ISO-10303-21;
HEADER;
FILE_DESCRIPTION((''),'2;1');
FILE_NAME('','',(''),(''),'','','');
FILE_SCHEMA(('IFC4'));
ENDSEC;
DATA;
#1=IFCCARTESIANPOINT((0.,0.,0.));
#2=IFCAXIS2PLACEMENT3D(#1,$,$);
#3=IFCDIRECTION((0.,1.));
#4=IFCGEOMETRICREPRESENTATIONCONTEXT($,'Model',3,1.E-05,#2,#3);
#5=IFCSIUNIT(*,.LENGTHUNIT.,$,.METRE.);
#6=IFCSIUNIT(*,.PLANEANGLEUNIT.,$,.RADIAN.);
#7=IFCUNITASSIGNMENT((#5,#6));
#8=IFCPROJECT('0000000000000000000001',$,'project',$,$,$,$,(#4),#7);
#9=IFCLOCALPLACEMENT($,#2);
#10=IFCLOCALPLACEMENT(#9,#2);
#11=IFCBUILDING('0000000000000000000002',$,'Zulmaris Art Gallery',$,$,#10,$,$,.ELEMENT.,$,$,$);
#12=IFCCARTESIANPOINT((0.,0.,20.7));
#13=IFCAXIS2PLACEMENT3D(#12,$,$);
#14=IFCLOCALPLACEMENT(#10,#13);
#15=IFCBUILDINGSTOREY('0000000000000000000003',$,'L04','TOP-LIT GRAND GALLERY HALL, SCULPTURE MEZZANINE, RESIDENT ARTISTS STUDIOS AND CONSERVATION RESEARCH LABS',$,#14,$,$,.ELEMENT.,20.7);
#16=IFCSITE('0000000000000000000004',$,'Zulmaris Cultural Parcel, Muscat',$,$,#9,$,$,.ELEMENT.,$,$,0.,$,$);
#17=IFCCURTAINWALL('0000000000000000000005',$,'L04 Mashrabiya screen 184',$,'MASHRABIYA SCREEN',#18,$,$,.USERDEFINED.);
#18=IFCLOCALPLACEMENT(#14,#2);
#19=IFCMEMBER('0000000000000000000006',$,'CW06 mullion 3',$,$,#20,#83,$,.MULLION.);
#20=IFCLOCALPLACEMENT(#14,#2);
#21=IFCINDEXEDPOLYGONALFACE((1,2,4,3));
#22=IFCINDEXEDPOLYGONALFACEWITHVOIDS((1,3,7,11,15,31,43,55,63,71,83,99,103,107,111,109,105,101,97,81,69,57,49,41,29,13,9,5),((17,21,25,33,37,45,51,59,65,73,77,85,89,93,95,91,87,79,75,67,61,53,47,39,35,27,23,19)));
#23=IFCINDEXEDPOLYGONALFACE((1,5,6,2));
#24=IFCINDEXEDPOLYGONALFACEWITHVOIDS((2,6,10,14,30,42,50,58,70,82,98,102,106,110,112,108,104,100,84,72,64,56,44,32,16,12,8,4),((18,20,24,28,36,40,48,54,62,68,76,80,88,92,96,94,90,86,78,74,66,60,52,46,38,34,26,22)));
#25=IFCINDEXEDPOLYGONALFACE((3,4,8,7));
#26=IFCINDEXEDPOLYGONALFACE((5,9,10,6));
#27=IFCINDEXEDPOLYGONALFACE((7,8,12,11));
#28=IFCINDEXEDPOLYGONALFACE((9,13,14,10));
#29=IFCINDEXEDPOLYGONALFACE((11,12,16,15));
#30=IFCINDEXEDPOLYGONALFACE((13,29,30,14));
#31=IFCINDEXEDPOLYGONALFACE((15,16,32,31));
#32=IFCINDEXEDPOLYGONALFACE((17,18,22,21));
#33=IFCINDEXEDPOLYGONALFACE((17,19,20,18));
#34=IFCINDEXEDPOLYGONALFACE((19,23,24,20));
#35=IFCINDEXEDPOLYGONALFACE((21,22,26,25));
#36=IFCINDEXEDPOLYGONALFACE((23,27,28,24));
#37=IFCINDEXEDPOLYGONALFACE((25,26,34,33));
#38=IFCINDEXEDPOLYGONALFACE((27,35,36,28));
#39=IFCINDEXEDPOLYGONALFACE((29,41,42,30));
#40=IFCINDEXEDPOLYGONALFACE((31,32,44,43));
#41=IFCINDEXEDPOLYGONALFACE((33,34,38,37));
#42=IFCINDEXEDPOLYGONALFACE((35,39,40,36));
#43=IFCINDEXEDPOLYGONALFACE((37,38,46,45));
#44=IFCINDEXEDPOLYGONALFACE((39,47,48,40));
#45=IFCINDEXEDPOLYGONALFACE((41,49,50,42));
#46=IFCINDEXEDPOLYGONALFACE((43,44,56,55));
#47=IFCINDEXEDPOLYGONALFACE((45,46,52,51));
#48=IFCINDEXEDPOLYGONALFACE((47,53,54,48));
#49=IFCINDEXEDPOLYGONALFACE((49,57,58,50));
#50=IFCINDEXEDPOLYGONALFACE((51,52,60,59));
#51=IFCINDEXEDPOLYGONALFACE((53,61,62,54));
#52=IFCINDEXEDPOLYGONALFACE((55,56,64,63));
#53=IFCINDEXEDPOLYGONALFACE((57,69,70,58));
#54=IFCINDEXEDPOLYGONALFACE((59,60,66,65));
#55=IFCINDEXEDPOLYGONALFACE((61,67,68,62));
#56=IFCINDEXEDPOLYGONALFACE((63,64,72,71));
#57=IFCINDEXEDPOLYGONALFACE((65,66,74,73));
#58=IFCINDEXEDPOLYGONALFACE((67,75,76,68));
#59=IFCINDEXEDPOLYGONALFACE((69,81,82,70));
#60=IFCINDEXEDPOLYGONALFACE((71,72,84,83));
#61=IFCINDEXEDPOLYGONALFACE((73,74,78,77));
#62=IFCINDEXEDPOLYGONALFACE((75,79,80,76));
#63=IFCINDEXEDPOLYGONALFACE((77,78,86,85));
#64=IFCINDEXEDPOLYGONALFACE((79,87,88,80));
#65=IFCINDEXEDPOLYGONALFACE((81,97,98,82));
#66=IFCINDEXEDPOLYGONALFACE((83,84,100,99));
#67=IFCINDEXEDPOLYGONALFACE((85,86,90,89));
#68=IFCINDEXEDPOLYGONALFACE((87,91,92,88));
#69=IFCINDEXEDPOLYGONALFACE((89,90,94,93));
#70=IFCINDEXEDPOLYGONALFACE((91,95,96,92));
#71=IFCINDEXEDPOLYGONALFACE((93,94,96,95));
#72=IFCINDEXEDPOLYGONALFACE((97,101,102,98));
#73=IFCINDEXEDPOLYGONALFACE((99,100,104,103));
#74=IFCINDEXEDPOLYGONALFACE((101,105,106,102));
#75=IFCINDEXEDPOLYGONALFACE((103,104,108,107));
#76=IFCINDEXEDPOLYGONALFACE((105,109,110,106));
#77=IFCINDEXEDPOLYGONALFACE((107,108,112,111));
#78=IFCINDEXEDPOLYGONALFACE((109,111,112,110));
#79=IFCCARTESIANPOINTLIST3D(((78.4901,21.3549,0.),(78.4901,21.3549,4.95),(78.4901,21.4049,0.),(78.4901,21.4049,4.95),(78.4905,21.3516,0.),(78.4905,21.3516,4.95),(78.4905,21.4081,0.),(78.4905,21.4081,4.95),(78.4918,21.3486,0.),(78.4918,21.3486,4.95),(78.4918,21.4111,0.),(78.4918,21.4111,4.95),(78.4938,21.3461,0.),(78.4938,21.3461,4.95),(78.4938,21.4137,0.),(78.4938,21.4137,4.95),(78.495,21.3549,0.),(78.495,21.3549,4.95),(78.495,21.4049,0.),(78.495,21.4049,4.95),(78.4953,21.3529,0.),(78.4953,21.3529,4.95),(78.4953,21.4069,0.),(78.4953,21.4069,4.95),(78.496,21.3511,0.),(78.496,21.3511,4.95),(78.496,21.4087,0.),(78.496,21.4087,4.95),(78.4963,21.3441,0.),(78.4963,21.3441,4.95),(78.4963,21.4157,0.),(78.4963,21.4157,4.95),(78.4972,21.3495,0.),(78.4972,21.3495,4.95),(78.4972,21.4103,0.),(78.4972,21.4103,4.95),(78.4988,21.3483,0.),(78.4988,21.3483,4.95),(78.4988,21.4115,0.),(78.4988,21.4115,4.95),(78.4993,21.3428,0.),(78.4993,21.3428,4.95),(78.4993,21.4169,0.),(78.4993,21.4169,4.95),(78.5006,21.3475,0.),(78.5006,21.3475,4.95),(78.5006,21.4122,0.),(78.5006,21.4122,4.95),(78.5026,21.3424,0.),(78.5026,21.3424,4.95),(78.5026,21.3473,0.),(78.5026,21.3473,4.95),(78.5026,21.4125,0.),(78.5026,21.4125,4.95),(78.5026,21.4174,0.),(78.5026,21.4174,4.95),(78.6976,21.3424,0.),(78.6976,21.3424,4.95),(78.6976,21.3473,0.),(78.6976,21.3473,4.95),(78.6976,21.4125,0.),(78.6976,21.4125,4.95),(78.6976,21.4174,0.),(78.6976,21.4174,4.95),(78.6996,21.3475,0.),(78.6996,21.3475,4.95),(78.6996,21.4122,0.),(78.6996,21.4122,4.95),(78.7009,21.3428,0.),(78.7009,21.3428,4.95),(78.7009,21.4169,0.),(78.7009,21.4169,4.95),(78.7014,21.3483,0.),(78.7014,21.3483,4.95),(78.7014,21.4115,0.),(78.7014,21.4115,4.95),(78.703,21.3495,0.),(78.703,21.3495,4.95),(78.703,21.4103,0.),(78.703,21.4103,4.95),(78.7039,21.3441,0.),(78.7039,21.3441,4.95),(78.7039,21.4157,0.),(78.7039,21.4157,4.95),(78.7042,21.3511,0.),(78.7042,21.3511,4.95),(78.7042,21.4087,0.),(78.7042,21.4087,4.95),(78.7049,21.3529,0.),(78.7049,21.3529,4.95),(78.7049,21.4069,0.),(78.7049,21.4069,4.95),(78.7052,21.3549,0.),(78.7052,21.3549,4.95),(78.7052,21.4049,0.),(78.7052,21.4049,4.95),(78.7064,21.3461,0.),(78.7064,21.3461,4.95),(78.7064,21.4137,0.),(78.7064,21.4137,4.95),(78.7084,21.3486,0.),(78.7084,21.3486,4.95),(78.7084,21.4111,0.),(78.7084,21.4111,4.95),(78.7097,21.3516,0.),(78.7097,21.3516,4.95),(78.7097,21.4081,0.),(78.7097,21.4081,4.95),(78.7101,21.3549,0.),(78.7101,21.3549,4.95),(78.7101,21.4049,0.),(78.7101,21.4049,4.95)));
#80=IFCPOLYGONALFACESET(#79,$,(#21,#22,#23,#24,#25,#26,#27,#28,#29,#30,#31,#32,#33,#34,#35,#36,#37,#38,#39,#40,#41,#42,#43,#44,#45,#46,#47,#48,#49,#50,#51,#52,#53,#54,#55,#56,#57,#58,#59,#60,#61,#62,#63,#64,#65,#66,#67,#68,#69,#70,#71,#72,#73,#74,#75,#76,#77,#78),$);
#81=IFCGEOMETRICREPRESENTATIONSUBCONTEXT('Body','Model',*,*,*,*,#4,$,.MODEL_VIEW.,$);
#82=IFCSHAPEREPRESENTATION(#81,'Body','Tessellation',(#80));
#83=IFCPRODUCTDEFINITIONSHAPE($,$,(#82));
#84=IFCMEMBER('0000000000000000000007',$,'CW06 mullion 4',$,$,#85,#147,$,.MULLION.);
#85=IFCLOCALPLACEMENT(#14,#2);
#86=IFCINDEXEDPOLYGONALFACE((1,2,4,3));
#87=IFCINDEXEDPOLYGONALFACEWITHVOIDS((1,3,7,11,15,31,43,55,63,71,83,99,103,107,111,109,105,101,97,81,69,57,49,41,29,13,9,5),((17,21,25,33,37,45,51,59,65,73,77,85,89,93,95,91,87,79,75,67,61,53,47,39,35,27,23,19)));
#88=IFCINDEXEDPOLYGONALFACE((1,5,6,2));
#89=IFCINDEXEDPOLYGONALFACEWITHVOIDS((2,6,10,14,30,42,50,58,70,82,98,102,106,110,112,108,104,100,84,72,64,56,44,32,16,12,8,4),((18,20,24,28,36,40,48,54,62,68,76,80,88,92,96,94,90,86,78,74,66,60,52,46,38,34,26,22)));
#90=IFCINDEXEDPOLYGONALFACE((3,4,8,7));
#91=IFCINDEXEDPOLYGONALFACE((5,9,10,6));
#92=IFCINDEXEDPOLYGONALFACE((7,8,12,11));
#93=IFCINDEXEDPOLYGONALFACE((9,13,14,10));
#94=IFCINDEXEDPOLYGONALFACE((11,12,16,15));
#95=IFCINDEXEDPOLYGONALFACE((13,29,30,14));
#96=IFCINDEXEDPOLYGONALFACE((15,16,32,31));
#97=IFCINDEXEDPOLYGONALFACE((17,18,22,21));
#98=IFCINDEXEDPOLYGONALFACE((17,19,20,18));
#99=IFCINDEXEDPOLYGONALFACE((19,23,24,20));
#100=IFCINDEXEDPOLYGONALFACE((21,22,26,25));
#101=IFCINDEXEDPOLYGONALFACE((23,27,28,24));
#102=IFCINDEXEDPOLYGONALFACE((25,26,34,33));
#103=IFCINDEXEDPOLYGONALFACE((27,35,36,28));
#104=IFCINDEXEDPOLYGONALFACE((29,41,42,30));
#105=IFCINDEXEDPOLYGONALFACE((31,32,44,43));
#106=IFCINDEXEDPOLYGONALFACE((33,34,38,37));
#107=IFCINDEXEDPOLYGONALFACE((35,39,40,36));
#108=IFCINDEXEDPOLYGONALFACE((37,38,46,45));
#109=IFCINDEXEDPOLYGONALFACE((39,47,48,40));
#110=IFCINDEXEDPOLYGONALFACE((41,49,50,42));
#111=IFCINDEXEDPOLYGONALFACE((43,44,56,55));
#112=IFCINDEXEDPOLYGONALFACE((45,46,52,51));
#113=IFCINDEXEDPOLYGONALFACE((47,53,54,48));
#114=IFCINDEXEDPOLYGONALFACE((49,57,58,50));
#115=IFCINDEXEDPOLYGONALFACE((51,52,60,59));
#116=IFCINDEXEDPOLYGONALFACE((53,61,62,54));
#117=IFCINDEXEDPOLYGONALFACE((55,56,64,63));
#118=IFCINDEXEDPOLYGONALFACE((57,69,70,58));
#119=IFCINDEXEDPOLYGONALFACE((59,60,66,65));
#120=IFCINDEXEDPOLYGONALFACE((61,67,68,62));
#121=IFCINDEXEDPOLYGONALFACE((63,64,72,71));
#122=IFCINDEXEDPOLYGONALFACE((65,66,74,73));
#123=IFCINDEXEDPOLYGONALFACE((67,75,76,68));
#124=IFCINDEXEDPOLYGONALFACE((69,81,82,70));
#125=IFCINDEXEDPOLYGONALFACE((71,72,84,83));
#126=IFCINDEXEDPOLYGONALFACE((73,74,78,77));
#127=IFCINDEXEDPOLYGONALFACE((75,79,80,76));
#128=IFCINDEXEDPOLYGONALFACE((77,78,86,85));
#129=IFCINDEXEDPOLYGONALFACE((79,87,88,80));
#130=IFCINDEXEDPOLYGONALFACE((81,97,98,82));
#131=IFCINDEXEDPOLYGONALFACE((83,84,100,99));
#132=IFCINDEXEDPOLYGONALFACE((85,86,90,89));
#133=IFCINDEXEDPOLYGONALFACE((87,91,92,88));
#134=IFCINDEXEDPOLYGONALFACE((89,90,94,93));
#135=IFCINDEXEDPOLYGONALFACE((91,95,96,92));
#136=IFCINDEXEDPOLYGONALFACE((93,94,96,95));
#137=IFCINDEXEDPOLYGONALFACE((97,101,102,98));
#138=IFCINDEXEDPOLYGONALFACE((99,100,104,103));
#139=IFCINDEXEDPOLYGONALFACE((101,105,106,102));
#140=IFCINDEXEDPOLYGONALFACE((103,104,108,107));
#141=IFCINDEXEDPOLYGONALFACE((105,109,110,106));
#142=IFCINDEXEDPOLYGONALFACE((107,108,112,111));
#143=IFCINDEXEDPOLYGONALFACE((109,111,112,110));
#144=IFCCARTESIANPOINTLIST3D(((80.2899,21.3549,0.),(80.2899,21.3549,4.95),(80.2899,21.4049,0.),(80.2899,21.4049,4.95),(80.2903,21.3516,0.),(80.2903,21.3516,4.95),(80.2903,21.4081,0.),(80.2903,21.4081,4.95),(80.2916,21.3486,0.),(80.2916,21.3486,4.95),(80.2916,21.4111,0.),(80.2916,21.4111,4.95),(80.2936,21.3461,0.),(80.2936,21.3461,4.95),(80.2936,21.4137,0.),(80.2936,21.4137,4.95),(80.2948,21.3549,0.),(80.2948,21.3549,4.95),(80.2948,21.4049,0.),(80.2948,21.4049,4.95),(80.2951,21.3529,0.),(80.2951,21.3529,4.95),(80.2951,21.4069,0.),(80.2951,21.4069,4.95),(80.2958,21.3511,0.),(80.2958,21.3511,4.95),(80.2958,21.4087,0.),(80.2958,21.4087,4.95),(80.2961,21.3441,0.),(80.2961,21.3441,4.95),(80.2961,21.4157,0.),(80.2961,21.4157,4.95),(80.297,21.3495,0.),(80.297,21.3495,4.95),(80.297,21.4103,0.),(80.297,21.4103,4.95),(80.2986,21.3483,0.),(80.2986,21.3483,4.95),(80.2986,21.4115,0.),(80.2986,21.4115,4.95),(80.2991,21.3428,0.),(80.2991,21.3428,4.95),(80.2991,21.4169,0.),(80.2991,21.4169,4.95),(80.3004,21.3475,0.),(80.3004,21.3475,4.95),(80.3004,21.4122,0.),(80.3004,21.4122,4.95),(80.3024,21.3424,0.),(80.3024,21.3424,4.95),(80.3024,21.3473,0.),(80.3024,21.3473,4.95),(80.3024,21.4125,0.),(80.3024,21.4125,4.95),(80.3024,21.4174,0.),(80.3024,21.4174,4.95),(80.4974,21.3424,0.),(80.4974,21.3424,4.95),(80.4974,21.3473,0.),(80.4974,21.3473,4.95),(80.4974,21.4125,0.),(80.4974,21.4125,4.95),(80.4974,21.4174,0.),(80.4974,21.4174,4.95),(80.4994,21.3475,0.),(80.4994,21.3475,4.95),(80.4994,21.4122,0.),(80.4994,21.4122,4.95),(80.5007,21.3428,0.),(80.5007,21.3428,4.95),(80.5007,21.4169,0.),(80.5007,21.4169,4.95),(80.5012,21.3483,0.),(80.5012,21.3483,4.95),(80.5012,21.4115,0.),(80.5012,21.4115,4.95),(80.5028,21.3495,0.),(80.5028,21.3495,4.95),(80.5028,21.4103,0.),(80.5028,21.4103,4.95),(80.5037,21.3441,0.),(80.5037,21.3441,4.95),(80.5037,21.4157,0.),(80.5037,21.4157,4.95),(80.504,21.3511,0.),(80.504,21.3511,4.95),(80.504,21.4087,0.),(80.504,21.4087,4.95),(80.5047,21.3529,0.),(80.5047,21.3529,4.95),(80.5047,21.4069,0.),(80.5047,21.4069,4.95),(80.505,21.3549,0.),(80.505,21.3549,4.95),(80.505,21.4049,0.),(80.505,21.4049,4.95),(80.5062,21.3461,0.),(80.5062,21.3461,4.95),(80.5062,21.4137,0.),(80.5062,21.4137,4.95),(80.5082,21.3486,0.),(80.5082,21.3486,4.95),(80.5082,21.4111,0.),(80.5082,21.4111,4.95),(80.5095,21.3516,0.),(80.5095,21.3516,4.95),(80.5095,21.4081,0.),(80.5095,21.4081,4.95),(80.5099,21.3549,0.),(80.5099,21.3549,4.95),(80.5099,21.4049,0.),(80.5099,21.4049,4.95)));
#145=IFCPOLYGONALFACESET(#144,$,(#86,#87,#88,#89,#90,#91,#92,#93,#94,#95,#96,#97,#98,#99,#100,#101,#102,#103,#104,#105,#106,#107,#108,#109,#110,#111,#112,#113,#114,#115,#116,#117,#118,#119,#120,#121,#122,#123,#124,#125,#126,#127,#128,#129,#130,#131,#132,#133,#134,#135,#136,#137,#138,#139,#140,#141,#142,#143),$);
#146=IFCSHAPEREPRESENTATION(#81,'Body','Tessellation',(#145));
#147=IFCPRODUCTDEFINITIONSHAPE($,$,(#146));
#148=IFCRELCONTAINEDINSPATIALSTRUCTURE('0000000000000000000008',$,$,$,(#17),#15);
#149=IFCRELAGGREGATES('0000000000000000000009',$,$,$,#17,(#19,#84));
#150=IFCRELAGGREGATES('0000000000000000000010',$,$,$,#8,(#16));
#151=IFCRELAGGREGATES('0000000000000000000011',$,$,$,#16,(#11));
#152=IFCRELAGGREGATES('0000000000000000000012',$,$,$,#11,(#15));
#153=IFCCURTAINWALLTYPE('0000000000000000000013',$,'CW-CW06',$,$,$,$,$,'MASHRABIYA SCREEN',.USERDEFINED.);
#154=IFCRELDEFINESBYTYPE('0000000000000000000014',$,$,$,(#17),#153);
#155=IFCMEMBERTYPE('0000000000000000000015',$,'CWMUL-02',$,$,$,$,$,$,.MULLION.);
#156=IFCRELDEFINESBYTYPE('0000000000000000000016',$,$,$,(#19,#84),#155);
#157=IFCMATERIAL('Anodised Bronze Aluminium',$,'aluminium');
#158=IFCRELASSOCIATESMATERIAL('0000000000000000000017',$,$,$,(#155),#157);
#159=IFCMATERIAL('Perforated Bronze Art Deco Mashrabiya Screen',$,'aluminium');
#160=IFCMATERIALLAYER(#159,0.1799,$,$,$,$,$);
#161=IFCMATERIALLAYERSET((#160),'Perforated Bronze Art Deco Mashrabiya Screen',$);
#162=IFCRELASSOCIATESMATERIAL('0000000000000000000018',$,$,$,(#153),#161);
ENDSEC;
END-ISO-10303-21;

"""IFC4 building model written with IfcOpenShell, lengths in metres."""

from ifc_helpers import new_model, si_unit, direction, frame, origin, origin_2d, place, context, subcontext, project, spatial, hollow_rectangle, extrude, material, layer, layer_set, material_profile, profile_set, type_object, element, aggregate, save


model = new_model("IFC4")

# Units and contexts
model_context = context("Model", 3, precision=1e-05, world=origin(), true_north=direction((0.0, 1.0)))
body_context = subcontext(model_context, "Body", "Model", "MODEL_VIEW")
ifc_project = project(units=[si_unit("LENGTHUNIT", "METRE"), si_unit("PLANEANGLEUNIT", "RADIAN")], contexts=[model_context])

# Site, building, storey
site_placement = place(None, origin())
site = spatial("IfcSite", under=ifc_project, at=site_placement, Name="Zulmaris Cultural Parcel, Muscat", CompositionType="ELEMENT", RefElevation=0.0)
building_placement = place(site_placement, origin())
building = spatial("IfcBuilding", under=site, at=building_placement, Name="Zulmaris Art Gallery", CompositionType="ELEMENT")
storey_placement = place(building_placement, frame((0.0, 0.0, 20.7)))
storey = spatial("IfcBuildingStorey", under=building, at=storey_placement, Name="L04", Description="TOP-LIT GRAND GALLERY HALL, SCULPTURE MEZZANINE, RESIDENT ARTISTS STUDIOS AND CONSERVATION RESEARCH LABS", CompositionType="ELEMENT", Elevation=20.7)

# Shared definitions
ifc_material_1 = material(Name="Anodised Bronze Aluminium", Category="aluminium")
ifc_material_profile_1 = material_profile(ifc_material_1, hollow_rectangle(XDim=0.075, YDim=0.22, WallThickness=0.0049, InnerFilletRadius=0.0076, OuterFilletRadius=0.0125, at=origin_2d()), Name="ALU 75x220x5")
ifc_profile_set_1 = profile_set([ifc_material_profile_1], Name="Anodised Bronze Aluminium")
member_type_1 = type_object("IfcMemberType", Name="CWMUL-02", PredefinedType="MULLION", material=ifc_profile_set_1)

# Curtain wall, members
ifc_material_2 = material(Name="Perforated Bronze Art Deco Mashrabiya Screen", Category="aluminium")
ifc_layer_1 = layer(ifc_material_2, 0.1799)
ifc_layer_set_1 = layer_set([ifc_layer_1], Name="Perforated Bronze Art Deco Mashrabiya Screen")
curtain_wall_type_1 = type_object("IfcCurtainWallType", Name="CW-CW06", ElementType="MASHRABIYA SCREEN", PredefinedType="USERDEFINED", material=ifc_layer_set_1)
curtain_wall_1_placement = place(storey_placement, origin())
curtain_wall_1 = element("IfcCurtainWall", 1, at=curtain_wall_1_placement, inside=storey, type_object=curtain_wall_type_1, Name="L04 Mashrabiya screen 184", ObjectType="MASHRABIYA SCREEN", PredefinedType="USERDEFINED")
member_1_placement = place(storey_placement, frame((78.6001, 21.3799, 0.0), z_axis=(0.0, 0.0, 1.0), x_axis=(0.0, 1.0, 0.0)))
member_1 = element("IfcMember", 2, at=member_1_placement, type_object=member_type_1, Name="CW06 mullion 3", PredefinedType="MULLION", context=body_context, shape_type="SweptSolid", body=[
    extrude(hollow_rectangle(XDim=0.075, YDim=0.22, WallThickness=0.0049, InnerFilletRadius=0.0076, OuterFilletRadius=0.0125, at=origin_2d()), origin(), (0.0, 0.0, 1.0), 4.95),
])
member_2_placement = place(storey_placement, frame((80.3999, 21.3799, 0.0), z_axis=(0.0, 0.0, 1.0), x_axis=(0.0, 1.0, 0.0)))
member_2 = element("IfcMember", 3, at=member_2_placement, type_object=member_type_1, Name="CW06 mullion 4", PredefinedType="MULLION", context=body_context, shape_type="SweptSolid", body=[
    extrude(hollow_rectangle(XDim=0.075, YDim=0.22, WallThickness=0.0049, InnerFilletRadius=0.0076, OuterFilletRadius=0.0125, at=origin_2d()), origin(), (0.0, 0.0, 1.0), 4.95),
])

aggregate(curtain_wall_1, [member_1, member_2])

save(model, "model.ifc")
